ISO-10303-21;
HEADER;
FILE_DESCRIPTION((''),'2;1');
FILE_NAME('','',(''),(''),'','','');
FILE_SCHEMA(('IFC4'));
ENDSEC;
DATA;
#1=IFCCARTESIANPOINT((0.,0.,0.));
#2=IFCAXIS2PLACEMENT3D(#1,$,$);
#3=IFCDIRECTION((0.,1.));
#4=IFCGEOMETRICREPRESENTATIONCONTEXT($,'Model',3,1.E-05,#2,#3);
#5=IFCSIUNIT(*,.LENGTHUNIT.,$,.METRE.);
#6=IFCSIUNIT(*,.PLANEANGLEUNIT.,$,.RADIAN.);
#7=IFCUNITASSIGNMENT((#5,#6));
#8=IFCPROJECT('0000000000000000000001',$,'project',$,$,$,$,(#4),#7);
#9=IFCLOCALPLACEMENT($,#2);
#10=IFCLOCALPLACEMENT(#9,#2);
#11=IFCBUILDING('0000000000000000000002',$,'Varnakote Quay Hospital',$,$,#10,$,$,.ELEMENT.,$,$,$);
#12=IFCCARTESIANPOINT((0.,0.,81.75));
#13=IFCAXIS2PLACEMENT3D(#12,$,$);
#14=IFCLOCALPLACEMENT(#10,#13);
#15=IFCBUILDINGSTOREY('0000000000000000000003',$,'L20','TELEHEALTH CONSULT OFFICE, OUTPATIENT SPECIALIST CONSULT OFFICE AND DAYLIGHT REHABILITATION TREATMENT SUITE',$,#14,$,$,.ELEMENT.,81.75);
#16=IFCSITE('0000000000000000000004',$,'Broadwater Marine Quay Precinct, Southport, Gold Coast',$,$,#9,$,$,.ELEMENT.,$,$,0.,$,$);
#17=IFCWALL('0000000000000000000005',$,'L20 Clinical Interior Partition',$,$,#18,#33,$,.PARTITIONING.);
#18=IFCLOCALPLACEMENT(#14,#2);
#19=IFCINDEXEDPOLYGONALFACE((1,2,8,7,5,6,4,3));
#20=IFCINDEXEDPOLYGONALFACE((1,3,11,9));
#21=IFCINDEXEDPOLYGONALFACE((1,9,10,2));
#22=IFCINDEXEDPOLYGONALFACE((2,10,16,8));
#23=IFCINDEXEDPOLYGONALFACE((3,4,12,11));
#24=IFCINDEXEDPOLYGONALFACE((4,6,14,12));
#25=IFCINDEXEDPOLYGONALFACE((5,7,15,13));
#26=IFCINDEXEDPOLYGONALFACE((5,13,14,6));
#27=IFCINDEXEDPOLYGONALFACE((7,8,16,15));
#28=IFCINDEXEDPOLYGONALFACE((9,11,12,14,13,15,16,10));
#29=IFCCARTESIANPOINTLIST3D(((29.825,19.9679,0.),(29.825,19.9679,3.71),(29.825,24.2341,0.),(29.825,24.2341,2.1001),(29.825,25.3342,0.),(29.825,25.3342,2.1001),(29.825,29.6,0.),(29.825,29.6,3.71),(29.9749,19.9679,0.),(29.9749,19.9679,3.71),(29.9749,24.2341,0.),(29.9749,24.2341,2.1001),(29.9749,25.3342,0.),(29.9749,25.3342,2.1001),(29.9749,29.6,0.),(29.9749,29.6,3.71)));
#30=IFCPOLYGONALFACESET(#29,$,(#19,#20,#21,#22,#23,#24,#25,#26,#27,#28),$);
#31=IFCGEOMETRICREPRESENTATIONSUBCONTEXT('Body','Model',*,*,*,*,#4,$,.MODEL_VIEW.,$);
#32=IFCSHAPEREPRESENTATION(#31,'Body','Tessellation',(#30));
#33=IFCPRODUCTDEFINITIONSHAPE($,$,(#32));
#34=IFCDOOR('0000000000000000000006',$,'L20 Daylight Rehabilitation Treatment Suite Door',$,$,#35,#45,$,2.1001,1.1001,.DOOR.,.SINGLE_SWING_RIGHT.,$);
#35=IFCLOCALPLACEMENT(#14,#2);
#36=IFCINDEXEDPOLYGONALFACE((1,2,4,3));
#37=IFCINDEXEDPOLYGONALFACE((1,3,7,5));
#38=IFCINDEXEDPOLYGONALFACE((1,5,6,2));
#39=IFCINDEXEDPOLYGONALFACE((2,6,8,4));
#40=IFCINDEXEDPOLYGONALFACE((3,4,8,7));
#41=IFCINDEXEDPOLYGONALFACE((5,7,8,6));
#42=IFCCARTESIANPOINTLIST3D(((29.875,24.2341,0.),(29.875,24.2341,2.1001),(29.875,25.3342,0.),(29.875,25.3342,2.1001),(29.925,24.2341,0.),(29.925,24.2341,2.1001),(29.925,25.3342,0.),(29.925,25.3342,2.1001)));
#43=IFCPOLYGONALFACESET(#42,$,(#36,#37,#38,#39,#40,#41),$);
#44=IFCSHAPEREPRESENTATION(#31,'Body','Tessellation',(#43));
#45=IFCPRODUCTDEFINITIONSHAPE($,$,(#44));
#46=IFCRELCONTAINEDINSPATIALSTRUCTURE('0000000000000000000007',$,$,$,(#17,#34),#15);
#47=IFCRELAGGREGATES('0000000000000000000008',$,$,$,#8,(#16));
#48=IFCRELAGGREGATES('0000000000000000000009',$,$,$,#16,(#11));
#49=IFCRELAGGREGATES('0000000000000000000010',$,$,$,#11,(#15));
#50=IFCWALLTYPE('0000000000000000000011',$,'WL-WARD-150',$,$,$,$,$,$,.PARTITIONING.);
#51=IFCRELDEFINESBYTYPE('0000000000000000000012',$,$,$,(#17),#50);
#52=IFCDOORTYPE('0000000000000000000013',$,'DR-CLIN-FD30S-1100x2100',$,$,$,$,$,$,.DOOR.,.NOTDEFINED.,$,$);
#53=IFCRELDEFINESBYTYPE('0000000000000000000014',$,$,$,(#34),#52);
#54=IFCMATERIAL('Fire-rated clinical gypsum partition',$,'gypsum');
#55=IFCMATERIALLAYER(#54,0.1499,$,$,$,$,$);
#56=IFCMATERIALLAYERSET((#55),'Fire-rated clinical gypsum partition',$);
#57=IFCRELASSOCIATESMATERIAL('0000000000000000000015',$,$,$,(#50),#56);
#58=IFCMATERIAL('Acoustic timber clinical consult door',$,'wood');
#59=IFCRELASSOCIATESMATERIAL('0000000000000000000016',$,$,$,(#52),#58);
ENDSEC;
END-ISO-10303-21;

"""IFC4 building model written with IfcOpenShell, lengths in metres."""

from ifc_helpers import new_model, si_unit, direction, frame, frame_2d, origin, place, context, subcontext, project, spatial, rectangle, extrude, material, layer, layer_set, type_object, element, fill, save


model = new_model("IFC4")

# Units and contexts
model_context = context("Model", 3, precision=1e-05, world=origin(), true_north=direction((0.0, 1.0)))
body_context = subcontext(model_context, "Body", "Model", "MODEL_VIEW")
ifc_project = project(units=[si_unit("LENGTHUNIT", "METRE"), si_unit("PLANEANGLEUNIT", "RADIAN")], contexts=[model_context])

# Site, building, storey
site_placement = place(None, origin())
site = spatial("IfcSite", under=ifc_project, at=site_placement, Name="Broadwater Marine Quay Precinct, Southport, Gold Coast", CompositionType="ELEMENT", RefElevation=0.0)
building_placement = place(site_placement, origin())
building = spatial("IfcBuilding", under=site, at=building_placement, Name="Varnakote Quay Hospital", CompositionType="ELEMENT")
storey_placement = place(building_placement, frame((0.0, 0.0, 81.75)))
storey = spatial("IfcBuildingStorey", under=building, at=storey_placement, Name="L20", Description="TELEHEALTH CONSULT OFFICE, OUTPATIENT SPECIALIST CONSULT OFFICE AND DAYLIGHT REHABILITATION TREATMENT SUITE", CompositionType="ELEMENT", Elevation=81.75)

# Shared definitions
ifc_material_1 = material(Name="Fire-rated clinical gypsum partition", Category="gypsum")
ifc_layer_1 = layer(ifc_material_1, 0.1499)
ifc_layer_set_1 = layer_set([ifc_layer_1], Name="Fire-rated clinical gypsum partition")
wall_type_1 = type_object("IfcWallType", Name="WL-WARD-150", PredefinedType="PARTITIONING", material=ifc_layer_set_1)
ifc_material_2 = material(Name="Acoustic timber clinical consult door", Category="wood")
door_type_1 = type_object("IfcDoorType", Name="DR-CLIN-FD30S-1100x2100", OperationType="NOTDEFINED", PredefinedType="DOOR", material=ifc_material_2)

# Wall, opening, door
wall_1_placement = place(storey_placement, frame((29.8999, 19.968, 0.0), z_axis=(0.0, 0.0, 1.0), x_axis=(0.0, 1.0, 0.0)))
wall_1 = element("IfcWall", 1, at=wall_1_placement, inside=storey, type_object=wall_type_1, Name="L20 Clinical Interior Partition", PredefinedType="PARTITIONING", context=body_context, shape_type="SweptSolid", body=[
    extrude(rectangle(XDim=9.6321, YDim=0.1499, at=frame_2d((4.8159, 0.0))), origin(), (0.0, 0.0, 1.0), 3.71),
])
opening_1_placement = place(wall_1_placement, frame((4.2661, 0.0, 0.0)))
opening_1 = element("IfcOpeningElement", 2, at=opening_1_placement, cuts=wall_1, PredefinedType="OPENING", context=body_context, shape_type="SweptSolid", body=[
    extrude(rectangle(XDim=1.1001, YDim=2.1001, at=frame_2d((0.55, 1.05))), frame((0.0, 0.085, 0.0), z_axis=(0.0, -1.0, 0.0), x_axis=(1.0, 0.0, 0.0)), (0.0, 0.0, 1.0), 0.1699),
])
door_1_placement = place(opening_1_placement, origin())
door_1 = element("IfcDoor", 3, at=door_1_placement, inside=storey, type_object=door_type_1, Name="L20 Daylight Rehabilitation Treatment Suite Door", OperationType="SINGLE_SWING_RIGHT", OverallHeight=2.1001, OverallWidth=1.1001, PredefinedType="DOOR", context=body_context, shape_type="SweptSolid", body=[
    extrude(rectangle(XDim=1.1001, YDim=2.1001, at=frame_2d((0.55, 1.05))), frame((0.0, 0.0249, 0.0), z_axis=(0.0, -1.0, 0.0), x_axis=(1.0, 0.0, 0.0)), (0.0, 0.0, 1.0), 0.05),
])
fill(opening_1, door_1)

save(model, "model.ifc")
